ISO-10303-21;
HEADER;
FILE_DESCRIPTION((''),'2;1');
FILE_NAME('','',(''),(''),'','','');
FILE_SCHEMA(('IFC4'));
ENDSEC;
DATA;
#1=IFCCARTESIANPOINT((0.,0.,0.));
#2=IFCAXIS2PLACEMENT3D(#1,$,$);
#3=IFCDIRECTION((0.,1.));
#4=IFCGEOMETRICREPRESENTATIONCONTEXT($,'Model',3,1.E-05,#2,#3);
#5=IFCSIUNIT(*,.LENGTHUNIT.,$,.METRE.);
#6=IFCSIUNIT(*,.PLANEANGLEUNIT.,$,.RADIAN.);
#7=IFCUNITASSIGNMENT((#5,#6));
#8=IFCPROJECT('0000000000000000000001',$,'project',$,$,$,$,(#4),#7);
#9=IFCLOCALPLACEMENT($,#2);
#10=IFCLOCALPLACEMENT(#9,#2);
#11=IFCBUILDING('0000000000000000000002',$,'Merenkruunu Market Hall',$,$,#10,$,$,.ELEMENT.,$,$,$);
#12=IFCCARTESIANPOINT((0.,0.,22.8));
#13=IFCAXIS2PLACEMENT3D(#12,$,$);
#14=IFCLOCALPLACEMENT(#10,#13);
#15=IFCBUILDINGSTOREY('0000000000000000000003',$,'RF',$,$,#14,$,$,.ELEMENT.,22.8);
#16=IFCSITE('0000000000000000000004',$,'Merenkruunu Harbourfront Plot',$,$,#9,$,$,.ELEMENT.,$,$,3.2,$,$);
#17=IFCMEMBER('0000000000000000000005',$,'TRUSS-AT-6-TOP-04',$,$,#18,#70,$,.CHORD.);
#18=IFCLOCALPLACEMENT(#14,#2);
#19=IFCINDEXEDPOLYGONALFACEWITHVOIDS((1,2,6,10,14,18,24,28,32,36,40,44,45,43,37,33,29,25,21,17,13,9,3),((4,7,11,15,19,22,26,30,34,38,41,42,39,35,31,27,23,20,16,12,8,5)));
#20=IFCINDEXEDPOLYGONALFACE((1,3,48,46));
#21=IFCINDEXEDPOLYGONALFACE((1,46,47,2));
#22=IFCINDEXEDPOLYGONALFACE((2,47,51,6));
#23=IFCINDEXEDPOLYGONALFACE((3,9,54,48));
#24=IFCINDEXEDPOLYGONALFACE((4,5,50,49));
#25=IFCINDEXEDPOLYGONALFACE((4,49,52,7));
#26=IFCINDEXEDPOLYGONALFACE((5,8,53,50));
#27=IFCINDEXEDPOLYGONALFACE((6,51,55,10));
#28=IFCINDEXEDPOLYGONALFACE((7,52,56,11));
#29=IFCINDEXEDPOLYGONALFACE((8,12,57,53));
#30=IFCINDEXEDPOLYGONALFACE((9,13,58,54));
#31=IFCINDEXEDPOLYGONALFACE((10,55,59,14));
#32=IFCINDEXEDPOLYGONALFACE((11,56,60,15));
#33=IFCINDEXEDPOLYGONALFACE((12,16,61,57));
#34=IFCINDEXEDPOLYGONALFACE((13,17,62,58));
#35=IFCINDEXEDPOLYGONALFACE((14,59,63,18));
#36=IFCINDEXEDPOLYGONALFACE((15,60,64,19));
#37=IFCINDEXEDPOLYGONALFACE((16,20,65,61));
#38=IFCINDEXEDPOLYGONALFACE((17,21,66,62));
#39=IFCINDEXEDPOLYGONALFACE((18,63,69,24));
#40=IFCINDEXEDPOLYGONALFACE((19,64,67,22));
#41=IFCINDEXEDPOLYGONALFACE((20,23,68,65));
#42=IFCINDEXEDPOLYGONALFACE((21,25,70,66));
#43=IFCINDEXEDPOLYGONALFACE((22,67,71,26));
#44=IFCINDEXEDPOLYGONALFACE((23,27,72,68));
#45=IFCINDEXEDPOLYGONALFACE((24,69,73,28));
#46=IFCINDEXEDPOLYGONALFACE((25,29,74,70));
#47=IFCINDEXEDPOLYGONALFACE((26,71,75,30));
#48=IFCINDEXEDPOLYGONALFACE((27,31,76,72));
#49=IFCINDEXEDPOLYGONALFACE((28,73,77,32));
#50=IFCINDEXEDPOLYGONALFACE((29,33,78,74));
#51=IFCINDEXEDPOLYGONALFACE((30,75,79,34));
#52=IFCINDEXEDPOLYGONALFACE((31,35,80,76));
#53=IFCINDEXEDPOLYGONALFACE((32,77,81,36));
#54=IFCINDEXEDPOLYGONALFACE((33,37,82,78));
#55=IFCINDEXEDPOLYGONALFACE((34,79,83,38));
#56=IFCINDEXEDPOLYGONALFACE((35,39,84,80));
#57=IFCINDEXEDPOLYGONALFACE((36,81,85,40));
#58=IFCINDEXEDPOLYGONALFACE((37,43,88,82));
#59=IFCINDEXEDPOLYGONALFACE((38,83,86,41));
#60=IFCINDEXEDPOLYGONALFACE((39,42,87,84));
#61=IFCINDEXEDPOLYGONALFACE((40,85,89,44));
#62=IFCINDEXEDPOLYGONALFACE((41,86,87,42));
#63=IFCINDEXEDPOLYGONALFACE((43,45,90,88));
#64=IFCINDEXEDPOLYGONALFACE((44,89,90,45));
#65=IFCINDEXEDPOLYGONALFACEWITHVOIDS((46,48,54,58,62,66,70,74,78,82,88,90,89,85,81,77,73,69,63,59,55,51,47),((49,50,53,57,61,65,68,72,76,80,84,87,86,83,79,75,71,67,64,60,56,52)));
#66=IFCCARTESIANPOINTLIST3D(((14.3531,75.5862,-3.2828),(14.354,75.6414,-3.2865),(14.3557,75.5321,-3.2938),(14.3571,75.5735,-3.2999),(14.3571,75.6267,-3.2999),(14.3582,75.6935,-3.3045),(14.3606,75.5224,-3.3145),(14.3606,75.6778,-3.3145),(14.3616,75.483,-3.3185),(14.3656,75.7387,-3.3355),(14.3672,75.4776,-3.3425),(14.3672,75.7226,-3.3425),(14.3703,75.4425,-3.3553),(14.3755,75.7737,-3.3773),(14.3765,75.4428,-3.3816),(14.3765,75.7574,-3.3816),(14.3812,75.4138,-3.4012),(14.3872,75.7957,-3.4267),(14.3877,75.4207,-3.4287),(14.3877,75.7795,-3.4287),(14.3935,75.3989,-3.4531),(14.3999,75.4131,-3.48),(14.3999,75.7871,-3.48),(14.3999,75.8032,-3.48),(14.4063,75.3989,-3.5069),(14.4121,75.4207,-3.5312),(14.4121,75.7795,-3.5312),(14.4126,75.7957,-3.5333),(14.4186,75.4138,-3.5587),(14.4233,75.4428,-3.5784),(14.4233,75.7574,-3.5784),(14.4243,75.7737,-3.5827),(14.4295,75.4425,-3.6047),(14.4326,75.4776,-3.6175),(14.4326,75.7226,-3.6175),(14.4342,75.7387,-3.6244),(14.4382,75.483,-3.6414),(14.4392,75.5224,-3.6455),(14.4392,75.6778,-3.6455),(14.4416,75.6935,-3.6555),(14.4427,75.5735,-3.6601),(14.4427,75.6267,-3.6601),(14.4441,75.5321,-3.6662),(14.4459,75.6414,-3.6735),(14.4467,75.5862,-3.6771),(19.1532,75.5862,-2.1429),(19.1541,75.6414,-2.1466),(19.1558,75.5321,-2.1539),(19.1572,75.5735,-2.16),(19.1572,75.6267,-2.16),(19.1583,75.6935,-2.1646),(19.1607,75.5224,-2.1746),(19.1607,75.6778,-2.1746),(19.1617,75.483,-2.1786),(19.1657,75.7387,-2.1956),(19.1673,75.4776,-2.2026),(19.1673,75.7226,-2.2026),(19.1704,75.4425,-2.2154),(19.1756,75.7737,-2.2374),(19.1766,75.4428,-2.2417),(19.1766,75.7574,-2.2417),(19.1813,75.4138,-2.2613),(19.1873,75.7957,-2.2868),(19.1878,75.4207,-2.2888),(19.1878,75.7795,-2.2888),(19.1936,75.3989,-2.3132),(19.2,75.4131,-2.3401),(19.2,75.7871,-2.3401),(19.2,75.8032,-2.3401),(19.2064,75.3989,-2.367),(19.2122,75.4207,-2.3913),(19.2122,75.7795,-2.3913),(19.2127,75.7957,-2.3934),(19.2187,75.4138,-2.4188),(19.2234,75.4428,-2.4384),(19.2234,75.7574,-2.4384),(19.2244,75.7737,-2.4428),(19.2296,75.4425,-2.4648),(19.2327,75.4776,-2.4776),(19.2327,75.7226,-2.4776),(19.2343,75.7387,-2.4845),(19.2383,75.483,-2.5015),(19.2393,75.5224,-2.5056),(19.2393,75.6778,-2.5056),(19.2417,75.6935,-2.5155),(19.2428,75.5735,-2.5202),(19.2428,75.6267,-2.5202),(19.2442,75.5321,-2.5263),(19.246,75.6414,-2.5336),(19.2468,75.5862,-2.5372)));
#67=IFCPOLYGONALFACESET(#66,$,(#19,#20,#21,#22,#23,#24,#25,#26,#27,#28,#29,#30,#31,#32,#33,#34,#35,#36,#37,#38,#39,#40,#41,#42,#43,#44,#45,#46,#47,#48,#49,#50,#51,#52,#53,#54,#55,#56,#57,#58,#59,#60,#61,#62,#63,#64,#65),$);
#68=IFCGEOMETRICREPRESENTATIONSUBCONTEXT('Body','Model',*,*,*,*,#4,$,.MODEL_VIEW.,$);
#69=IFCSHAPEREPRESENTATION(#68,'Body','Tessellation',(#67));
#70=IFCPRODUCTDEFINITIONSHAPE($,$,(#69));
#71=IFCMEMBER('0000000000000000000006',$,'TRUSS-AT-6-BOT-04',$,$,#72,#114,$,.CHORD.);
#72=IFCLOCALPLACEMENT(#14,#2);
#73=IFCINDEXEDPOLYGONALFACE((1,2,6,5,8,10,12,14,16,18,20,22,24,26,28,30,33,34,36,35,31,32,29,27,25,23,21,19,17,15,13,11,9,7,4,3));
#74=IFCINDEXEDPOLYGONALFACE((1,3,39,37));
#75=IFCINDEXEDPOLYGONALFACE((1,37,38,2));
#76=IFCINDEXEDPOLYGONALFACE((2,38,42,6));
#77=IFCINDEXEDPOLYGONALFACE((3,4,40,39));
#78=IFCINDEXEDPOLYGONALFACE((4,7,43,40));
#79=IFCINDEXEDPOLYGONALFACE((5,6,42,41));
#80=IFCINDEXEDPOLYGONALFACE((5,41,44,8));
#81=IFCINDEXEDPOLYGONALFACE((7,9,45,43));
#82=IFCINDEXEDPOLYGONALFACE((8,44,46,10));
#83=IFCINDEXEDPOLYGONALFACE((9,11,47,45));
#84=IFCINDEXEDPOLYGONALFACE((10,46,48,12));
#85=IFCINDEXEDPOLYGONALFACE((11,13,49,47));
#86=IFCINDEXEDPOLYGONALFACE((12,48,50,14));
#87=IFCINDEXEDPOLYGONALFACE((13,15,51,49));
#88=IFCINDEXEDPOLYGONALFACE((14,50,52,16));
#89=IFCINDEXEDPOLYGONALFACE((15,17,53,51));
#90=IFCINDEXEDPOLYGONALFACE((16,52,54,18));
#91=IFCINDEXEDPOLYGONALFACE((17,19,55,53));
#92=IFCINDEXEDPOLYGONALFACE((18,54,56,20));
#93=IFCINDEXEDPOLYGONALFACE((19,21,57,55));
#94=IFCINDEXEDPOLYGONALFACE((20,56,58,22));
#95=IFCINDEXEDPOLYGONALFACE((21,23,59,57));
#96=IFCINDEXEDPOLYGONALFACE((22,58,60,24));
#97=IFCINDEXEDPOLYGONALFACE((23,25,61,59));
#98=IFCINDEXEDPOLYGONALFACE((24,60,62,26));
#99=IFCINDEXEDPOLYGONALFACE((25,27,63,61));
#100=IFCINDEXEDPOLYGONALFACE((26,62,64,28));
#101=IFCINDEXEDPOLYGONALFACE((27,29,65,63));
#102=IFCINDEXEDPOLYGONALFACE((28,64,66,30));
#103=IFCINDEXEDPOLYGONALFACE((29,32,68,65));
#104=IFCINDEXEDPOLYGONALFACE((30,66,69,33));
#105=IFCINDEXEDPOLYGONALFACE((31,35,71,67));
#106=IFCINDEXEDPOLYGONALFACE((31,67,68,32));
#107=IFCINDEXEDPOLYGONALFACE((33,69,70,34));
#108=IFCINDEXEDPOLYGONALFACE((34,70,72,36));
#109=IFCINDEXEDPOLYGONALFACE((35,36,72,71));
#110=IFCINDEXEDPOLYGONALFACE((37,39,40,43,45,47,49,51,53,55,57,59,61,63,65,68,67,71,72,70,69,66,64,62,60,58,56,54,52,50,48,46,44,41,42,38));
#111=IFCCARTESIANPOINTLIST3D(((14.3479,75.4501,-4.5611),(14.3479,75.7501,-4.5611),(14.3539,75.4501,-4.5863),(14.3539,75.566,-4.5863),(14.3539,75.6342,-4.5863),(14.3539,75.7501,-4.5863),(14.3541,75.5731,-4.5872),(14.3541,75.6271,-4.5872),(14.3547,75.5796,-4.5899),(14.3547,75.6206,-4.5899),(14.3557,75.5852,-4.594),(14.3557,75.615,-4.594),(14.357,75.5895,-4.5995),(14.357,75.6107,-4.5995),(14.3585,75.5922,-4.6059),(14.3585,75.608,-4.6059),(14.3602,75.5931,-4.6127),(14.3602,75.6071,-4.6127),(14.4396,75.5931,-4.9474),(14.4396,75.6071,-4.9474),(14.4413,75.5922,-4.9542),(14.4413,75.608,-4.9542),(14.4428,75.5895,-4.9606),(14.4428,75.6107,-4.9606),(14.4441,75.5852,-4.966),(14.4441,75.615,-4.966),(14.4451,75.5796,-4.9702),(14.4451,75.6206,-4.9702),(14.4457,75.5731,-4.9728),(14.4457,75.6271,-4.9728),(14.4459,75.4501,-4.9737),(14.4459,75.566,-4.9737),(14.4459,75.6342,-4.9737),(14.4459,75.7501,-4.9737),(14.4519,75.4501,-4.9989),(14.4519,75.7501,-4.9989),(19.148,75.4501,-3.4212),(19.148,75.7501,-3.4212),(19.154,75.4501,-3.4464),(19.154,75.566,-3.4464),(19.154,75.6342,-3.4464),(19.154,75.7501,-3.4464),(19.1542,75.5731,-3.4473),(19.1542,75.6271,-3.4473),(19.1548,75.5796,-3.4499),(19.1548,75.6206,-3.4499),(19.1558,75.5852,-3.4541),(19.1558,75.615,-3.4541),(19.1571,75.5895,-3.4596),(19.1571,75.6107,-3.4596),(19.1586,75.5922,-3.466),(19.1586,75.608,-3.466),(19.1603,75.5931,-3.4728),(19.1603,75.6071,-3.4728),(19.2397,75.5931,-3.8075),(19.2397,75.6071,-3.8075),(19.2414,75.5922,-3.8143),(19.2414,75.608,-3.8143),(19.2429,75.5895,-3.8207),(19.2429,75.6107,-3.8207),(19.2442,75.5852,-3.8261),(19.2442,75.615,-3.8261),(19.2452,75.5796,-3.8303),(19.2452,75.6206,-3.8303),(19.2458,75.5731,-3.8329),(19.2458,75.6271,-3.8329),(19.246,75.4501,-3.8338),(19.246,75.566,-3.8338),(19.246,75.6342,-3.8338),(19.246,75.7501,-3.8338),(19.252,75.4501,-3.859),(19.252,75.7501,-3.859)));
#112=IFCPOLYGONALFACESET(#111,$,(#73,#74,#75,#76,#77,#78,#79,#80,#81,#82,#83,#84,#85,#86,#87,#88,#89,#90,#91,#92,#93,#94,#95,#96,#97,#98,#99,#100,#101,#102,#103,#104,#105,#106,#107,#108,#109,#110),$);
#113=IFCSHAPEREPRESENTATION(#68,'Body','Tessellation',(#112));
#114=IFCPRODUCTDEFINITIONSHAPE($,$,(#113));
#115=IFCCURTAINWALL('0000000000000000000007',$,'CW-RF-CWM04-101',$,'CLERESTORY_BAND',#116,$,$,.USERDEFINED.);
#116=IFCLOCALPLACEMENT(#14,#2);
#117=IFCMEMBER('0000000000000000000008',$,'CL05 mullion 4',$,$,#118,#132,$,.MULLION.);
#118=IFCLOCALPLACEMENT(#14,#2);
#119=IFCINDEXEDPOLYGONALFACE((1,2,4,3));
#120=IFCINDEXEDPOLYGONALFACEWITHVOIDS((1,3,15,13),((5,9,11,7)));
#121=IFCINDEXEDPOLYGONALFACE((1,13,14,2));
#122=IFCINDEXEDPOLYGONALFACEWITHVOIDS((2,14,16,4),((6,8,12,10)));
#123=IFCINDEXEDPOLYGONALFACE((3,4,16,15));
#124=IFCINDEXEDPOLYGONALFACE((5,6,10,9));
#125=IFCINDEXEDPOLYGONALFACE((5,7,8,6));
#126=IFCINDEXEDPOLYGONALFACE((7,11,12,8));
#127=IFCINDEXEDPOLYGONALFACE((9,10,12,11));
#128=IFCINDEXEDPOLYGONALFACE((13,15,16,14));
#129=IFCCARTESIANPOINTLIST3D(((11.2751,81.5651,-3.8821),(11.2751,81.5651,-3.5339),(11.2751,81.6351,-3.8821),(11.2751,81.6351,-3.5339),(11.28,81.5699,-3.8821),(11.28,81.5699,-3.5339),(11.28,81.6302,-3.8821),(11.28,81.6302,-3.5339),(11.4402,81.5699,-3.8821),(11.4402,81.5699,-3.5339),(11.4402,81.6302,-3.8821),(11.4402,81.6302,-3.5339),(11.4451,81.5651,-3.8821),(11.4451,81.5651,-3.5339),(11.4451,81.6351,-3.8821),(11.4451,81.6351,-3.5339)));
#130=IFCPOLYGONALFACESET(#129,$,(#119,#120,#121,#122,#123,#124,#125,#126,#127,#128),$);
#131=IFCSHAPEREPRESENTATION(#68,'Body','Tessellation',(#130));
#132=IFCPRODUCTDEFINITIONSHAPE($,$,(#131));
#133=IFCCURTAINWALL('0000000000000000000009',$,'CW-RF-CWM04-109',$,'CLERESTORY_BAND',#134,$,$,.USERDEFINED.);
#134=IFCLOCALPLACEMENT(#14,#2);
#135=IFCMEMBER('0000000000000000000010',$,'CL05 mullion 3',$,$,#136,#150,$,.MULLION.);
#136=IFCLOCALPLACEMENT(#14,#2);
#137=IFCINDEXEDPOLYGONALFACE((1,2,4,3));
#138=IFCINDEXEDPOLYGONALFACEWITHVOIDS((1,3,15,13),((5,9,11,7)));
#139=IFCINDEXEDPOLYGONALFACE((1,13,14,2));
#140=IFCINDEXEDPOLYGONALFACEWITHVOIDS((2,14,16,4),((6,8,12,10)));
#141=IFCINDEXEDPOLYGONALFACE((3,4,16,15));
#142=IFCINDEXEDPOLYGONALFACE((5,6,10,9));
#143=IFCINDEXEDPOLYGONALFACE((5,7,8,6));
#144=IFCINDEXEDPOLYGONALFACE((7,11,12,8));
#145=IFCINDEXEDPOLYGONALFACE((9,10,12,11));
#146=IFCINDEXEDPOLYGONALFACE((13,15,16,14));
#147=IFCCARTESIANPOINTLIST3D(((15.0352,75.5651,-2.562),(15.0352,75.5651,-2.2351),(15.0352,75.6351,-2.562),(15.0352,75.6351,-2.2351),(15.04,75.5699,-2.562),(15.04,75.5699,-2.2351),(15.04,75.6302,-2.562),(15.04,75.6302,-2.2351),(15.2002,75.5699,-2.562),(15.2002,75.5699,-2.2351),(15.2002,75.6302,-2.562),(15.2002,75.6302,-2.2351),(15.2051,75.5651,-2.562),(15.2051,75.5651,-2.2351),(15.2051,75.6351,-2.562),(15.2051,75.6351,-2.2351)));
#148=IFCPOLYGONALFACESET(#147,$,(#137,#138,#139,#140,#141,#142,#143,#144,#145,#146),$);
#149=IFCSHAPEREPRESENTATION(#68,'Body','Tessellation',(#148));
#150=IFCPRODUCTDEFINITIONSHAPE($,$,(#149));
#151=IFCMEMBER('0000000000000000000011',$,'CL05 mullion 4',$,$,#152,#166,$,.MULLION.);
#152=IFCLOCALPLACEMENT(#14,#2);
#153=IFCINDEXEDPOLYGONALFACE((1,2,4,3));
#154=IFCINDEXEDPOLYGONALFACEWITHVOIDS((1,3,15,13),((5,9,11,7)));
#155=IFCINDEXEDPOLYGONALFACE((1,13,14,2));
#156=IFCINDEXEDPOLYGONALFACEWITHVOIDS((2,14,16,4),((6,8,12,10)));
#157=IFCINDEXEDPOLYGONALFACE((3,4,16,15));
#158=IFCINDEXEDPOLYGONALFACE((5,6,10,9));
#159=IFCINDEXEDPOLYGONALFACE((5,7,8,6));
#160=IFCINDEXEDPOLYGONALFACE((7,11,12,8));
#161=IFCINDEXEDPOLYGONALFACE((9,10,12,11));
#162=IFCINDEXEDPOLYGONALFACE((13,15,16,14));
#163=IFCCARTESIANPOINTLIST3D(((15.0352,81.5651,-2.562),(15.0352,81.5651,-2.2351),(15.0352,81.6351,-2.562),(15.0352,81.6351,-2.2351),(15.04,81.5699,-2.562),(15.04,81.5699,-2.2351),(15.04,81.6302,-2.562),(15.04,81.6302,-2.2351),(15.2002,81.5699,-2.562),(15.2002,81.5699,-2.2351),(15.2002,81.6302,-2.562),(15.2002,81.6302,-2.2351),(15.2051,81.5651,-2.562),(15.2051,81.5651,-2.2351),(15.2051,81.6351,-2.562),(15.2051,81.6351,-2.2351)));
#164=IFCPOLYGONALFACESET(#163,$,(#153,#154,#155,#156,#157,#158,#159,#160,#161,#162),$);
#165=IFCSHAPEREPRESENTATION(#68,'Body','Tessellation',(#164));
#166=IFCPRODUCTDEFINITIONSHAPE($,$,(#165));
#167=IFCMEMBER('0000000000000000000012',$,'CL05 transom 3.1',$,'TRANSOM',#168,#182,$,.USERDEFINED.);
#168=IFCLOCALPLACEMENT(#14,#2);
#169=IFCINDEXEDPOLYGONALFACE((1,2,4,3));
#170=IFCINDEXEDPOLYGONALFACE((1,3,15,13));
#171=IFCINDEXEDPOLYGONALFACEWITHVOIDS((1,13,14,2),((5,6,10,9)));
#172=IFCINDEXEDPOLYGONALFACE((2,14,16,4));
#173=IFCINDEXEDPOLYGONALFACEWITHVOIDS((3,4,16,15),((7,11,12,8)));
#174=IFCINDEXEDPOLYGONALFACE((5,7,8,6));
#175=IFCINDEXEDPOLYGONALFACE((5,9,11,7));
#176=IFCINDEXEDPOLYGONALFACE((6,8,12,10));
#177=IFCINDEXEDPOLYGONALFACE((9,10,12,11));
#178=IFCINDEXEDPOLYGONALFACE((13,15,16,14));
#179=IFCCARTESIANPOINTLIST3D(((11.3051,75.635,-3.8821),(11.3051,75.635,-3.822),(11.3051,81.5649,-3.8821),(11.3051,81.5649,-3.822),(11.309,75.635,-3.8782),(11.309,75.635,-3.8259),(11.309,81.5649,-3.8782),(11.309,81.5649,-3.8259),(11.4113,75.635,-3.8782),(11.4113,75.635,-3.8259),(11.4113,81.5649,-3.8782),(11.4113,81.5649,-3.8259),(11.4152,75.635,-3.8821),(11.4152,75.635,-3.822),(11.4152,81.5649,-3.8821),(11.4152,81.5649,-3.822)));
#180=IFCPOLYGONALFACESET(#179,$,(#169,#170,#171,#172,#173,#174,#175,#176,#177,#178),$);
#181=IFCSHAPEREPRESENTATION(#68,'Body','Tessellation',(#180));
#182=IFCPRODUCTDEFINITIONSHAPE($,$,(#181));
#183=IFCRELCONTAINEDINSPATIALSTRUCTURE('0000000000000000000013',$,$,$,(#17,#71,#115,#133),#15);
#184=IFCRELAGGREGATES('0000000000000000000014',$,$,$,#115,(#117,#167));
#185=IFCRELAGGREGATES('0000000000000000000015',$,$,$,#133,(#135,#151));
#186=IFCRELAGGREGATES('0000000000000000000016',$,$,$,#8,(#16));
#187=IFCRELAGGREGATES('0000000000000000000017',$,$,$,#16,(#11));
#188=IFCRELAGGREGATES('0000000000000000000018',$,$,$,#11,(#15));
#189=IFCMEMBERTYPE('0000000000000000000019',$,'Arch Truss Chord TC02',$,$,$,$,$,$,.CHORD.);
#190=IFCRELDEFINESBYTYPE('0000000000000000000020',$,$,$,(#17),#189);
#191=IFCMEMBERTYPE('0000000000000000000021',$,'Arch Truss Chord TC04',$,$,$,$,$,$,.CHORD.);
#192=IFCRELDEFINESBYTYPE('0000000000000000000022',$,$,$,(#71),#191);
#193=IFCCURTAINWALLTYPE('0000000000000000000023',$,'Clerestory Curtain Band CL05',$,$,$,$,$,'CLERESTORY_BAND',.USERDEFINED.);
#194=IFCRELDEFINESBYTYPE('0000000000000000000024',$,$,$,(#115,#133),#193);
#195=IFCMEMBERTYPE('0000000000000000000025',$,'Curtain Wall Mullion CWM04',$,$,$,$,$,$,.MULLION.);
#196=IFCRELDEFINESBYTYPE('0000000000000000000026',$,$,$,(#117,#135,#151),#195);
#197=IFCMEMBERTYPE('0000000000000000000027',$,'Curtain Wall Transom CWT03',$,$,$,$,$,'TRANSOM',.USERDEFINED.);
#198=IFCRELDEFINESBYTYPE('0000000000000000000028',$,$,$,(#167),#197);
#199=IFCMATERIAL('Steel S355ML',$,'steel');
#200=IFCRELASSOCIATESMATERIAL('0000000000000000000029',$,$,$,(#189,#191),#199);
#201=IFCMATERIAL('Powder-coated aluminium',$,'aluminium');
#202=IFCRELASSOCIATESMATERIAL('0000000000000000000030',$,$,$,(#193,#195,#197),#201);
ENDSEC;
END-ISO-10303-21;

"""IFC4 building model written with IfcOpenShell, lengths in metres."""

from ifc_helpers import new_model, si_unit, direction, frame, origin, origin_2d, place, context, subcontext, project, spatial, hollow_rectangle, hollow_circle, i_section, extrude, material, material_profile, profile_set, type_object, element, aggregate, save


model = new_model("IFC4")

# Units and contexts
model_context = context("Model", 3, precision=1e-05, world=origin(), true_north=direction((0.0, 1.0)))
body_context = subcontext(model_context, "Body", "Model", "MODEL_VIEW")
ifc_project = project(units=[si_unit("LENGTHUNIT", "METRE"), si_unit("PLANEANGLEUNIT", "RADIAN")], contexts=[model_context])

# Site, building, storey
site_placement = place(None, origin())
site = spatial("IfcSite", under=ifc_project, at=site_placement, Name="Merenkruunu Harbourfront Plot", CompositionType="ELEMENT", RefElevation=3.2)
building_placement = place(site_placement, origin())
building = spatial("IfcBuilding", under=site, at=building_placement, Name="Merenkruunu Market Hall", CompositionType="ELEMENT")
storey_placement = place(building_placement, frame((0.0, 0.0, 22.8)))
storey = spatial("IfcBuildingStorey", under=building, at=storey_placement, Name="RF", CompositionType="ELEMENT", Elevation=22.8)

# Members
ifc_material_1 = material(Name="Steel S355ML", Category="steel")
ifc_material_profile_1 = material_profile(ifc_material_1, hollow_circle(Radius=0.2031, WallThickness=0.0161, at=origin_2d()), Name="CHS 406.4x16")
ifc_profile_set_1 = profile_set([ifc_material_profile_1], Name="Steel S355ML")
member_type_1 = type_object("IfcMemberType", Name="Arch Truss Chord TC02", PredefinedType="CHORD", material=ifc_profile_set_1)
member_1_placement = place(storey_placement, frame((14.3999, 75.6001, -3.48), z_axis=(0.972942, 0.0, 0.23105), x_axis=(0.0, 1.0, 0.0)))
element("IfcMember", 1, at=member_1_placement, inside=storey, type_object=member_type_1, Name="TRUSS-AT-6-TOP-04", PredefinedType="CHORD", context=body_context, shape_type="SweptSolid", body=[
    extrude(hollow_circle(Radius=0.2031, WallThickness=0.0161, at=origin_2d()), origin(), (0.0, 0.0, 1.0), 4.9336),
])
ifc_material_profile_2 = material_profile(ifc_material_1, i_section(OverallWidth=0.3, OverallDepth=0.45, WebThickness=0.0139, FlangeThickness=0.0259, FilletRadius=0.0271, at=origin_2d()), Name="HEB 450")
ifc_profile_set_2 = profile_set([ifc_material_profile_2], Name="Steel S355ML")
member_type_2 = type_object("IfcMemberType", Name="Arch Truss Chord TC04", PredefinedType="CHORD", material=ifc_profile_set_2)
member_2_placement = place(storey_placement, frame((14.3999, 75.6001, -4.78), z_axis=(0.972942, 0.0, 0.23105), x_axis=(0.0, 1.0, 0.0)))
element("IfcMember", 2, at=member_2_placement, inside=storey, type_object=member_type_2, Name="TRUSS-AT-6-BOT-04", PredefinedType="CHORD", context=body_context, shape_type="SweptSolid", body=[
    extrude(i_section(OverallWidth=0.3, OverallDepth=0.45, WebThickness=0.0139, FlangeThickness=0.0259, FilletRadius=0.0271, at=origin_2d()), origin(), (0.0, 0.0, 1.0), 4.9336),
])

# Curtain wall, member
ifc_material_2 = material(Name="Powder-coated aluminium", Category="aluminium")
curtain_wall_type = type_object("IfcCurtainWallType", Name="Clerestory Curtain Band CL05", ElementType="CLERESTORY_BAND", PredefinedType="USERDEFINED", material=ifc_material_2)
curtain_wall_1_placement = place(storey_placement, origin())
curtain_wall_1 = element("IfcCurtainWall", 3, at=curtain_wall_1_placement, inside=storey, type_object=curtain_wall_type, Name="CW-RF-CWM04-101", ObjectType="CLERESTORY_BAND", PredefinedType="USERDEFINED")
ifc_material_profile_3 = material_profile(ifc_material_2, hollow_rectangle(XDim=0.0701, YDim=0.1699, WallThickness=0.0049, at=origin_2d()), Name="ALU 70x170x5")
ifc_profile_set_3 = profile_set([ifc_material_profile_3], Name="Powder-coated aluminium")
member_type_3 = type_object("IfcMemberType", Name="Curtain Wall Mullion CWM04", PredefinedType="MULLION", material=ifc_profile_set_3)
member_3_placement = place(storey_placement, frame((11.3601, 81.6001, -3.8821), z_axis=(0.0, 0.0, 1.0), x_axis=(0.0, 1.0, 0.0)))
member_3 = element("IfcMember", 4, at=member_3_placement, type_object=member_type_3, Name="CL05 mullion 4", PredefinedType="MULLION", context=body_context, shape_type="SweptSolid", body=[
    extrude(hollow_rectangle(XDim=0.0701, YDim=0.1699, WallThickness=0.0049, at=origin_2d()), origin(), (0.0, 0.0, 1.0), 0.3481),
])

# Curtain wall, members
curtain_wall_2_placement = place(storey_placement, origin())
curtain_wall_2 = element("IfcCurtainWall", 5, at=curtain_wall_2_placement, inside=storey, type_object=curtain_wall_type, Name="CW-RF-CWM04-109", ObjectType="CLERESTORY_BAND", PredefinedType="USERDEFINED")
member_4_placement = place(storey_placement, frame((15.1201, 75.6001, -2.562), z_axis=(0.0, 0.0, 1.0), x_axis=(0.0, 1.0, 0.0)))
member_4 = element("IfcMember", 6, at=member_4_placement, type_object=member_type_3, Name="CL05 mullion 3", PredefinedType="MULLION", context=body_context, shape_type="SweptSolid", body=[
    extrude(hollow_rectangle(XDim=0.0701, YDim=0.1699, WallThickness=0.0049, at=origin_2d()), origin(), (0.0, 0.0, 1.0), 0.3269),
])
member_5_placement = place(storey_placement, frame((15.1201, 81.6001, -2.562), z_axis=(0.0, 0.0, 1.0), x_axis=(0.0, 1.0, 0.0)))
member_5 = element("IfcMember", 7, at=member_5_placement, type_object=member_type_3, Name="CL05 mullion 4", PredefinedType="MULLION", context=body_context, shape_type="SweptSolid", body=[
    extrude(hollow_rectangle(XDim=0.0701, YDim=0.1699, WallThickness=0.0049, at=origin_2d()), origin(), (0.0, 0.0, 1.0), 0.3269),
])

# Member
ifc_material_profile_4 = material_profile(ifc_material_2, hollow_rectangle(XDim=0.0601, YDim=0.1101, WallThickness=0.0039, at=origin_2d()), Name="ALU 60x110x4")
ifc_profile_set_4 = profile_set([ifc_material_profile_4], Name="Powder-coated aluminium")
member_type_4 = type_object("IfcMemberType", Name="Curtain Wall Transom CWT03", ElementType="TRANSOM", PredefinedType="USERDEFINED", material=ifc_profile_set_4)
member_6_placement = place(storey_placement, frame((11.3601, 75.635, -3.8521), z_axis=(0.0, 1.0, 0.0), x_axis=(0.0, 0.0, 1.0)))
member_6 = element("IfcMember", 8, at=member_6_placement, type_object=member_type_4, Name="CL05 transom 3.1", ObjectType="TRANSOM", PredefinedType="USERDEFINED", context=body_context, shape_type="SweptSolid", body=[
    extrude(hollow_rectangle(XDim=0.0601, YDim=0.1101, WallThickness=0.0039, at=origin_2d()), origin(), (0.0, 0.0, 1.0), 5.9299),
])

aggregate(curtain_wall_1, [member_3, member_6])
aggregate(curtain_wall_2, [member_4, member_5])

save(model, "model.ifc")
